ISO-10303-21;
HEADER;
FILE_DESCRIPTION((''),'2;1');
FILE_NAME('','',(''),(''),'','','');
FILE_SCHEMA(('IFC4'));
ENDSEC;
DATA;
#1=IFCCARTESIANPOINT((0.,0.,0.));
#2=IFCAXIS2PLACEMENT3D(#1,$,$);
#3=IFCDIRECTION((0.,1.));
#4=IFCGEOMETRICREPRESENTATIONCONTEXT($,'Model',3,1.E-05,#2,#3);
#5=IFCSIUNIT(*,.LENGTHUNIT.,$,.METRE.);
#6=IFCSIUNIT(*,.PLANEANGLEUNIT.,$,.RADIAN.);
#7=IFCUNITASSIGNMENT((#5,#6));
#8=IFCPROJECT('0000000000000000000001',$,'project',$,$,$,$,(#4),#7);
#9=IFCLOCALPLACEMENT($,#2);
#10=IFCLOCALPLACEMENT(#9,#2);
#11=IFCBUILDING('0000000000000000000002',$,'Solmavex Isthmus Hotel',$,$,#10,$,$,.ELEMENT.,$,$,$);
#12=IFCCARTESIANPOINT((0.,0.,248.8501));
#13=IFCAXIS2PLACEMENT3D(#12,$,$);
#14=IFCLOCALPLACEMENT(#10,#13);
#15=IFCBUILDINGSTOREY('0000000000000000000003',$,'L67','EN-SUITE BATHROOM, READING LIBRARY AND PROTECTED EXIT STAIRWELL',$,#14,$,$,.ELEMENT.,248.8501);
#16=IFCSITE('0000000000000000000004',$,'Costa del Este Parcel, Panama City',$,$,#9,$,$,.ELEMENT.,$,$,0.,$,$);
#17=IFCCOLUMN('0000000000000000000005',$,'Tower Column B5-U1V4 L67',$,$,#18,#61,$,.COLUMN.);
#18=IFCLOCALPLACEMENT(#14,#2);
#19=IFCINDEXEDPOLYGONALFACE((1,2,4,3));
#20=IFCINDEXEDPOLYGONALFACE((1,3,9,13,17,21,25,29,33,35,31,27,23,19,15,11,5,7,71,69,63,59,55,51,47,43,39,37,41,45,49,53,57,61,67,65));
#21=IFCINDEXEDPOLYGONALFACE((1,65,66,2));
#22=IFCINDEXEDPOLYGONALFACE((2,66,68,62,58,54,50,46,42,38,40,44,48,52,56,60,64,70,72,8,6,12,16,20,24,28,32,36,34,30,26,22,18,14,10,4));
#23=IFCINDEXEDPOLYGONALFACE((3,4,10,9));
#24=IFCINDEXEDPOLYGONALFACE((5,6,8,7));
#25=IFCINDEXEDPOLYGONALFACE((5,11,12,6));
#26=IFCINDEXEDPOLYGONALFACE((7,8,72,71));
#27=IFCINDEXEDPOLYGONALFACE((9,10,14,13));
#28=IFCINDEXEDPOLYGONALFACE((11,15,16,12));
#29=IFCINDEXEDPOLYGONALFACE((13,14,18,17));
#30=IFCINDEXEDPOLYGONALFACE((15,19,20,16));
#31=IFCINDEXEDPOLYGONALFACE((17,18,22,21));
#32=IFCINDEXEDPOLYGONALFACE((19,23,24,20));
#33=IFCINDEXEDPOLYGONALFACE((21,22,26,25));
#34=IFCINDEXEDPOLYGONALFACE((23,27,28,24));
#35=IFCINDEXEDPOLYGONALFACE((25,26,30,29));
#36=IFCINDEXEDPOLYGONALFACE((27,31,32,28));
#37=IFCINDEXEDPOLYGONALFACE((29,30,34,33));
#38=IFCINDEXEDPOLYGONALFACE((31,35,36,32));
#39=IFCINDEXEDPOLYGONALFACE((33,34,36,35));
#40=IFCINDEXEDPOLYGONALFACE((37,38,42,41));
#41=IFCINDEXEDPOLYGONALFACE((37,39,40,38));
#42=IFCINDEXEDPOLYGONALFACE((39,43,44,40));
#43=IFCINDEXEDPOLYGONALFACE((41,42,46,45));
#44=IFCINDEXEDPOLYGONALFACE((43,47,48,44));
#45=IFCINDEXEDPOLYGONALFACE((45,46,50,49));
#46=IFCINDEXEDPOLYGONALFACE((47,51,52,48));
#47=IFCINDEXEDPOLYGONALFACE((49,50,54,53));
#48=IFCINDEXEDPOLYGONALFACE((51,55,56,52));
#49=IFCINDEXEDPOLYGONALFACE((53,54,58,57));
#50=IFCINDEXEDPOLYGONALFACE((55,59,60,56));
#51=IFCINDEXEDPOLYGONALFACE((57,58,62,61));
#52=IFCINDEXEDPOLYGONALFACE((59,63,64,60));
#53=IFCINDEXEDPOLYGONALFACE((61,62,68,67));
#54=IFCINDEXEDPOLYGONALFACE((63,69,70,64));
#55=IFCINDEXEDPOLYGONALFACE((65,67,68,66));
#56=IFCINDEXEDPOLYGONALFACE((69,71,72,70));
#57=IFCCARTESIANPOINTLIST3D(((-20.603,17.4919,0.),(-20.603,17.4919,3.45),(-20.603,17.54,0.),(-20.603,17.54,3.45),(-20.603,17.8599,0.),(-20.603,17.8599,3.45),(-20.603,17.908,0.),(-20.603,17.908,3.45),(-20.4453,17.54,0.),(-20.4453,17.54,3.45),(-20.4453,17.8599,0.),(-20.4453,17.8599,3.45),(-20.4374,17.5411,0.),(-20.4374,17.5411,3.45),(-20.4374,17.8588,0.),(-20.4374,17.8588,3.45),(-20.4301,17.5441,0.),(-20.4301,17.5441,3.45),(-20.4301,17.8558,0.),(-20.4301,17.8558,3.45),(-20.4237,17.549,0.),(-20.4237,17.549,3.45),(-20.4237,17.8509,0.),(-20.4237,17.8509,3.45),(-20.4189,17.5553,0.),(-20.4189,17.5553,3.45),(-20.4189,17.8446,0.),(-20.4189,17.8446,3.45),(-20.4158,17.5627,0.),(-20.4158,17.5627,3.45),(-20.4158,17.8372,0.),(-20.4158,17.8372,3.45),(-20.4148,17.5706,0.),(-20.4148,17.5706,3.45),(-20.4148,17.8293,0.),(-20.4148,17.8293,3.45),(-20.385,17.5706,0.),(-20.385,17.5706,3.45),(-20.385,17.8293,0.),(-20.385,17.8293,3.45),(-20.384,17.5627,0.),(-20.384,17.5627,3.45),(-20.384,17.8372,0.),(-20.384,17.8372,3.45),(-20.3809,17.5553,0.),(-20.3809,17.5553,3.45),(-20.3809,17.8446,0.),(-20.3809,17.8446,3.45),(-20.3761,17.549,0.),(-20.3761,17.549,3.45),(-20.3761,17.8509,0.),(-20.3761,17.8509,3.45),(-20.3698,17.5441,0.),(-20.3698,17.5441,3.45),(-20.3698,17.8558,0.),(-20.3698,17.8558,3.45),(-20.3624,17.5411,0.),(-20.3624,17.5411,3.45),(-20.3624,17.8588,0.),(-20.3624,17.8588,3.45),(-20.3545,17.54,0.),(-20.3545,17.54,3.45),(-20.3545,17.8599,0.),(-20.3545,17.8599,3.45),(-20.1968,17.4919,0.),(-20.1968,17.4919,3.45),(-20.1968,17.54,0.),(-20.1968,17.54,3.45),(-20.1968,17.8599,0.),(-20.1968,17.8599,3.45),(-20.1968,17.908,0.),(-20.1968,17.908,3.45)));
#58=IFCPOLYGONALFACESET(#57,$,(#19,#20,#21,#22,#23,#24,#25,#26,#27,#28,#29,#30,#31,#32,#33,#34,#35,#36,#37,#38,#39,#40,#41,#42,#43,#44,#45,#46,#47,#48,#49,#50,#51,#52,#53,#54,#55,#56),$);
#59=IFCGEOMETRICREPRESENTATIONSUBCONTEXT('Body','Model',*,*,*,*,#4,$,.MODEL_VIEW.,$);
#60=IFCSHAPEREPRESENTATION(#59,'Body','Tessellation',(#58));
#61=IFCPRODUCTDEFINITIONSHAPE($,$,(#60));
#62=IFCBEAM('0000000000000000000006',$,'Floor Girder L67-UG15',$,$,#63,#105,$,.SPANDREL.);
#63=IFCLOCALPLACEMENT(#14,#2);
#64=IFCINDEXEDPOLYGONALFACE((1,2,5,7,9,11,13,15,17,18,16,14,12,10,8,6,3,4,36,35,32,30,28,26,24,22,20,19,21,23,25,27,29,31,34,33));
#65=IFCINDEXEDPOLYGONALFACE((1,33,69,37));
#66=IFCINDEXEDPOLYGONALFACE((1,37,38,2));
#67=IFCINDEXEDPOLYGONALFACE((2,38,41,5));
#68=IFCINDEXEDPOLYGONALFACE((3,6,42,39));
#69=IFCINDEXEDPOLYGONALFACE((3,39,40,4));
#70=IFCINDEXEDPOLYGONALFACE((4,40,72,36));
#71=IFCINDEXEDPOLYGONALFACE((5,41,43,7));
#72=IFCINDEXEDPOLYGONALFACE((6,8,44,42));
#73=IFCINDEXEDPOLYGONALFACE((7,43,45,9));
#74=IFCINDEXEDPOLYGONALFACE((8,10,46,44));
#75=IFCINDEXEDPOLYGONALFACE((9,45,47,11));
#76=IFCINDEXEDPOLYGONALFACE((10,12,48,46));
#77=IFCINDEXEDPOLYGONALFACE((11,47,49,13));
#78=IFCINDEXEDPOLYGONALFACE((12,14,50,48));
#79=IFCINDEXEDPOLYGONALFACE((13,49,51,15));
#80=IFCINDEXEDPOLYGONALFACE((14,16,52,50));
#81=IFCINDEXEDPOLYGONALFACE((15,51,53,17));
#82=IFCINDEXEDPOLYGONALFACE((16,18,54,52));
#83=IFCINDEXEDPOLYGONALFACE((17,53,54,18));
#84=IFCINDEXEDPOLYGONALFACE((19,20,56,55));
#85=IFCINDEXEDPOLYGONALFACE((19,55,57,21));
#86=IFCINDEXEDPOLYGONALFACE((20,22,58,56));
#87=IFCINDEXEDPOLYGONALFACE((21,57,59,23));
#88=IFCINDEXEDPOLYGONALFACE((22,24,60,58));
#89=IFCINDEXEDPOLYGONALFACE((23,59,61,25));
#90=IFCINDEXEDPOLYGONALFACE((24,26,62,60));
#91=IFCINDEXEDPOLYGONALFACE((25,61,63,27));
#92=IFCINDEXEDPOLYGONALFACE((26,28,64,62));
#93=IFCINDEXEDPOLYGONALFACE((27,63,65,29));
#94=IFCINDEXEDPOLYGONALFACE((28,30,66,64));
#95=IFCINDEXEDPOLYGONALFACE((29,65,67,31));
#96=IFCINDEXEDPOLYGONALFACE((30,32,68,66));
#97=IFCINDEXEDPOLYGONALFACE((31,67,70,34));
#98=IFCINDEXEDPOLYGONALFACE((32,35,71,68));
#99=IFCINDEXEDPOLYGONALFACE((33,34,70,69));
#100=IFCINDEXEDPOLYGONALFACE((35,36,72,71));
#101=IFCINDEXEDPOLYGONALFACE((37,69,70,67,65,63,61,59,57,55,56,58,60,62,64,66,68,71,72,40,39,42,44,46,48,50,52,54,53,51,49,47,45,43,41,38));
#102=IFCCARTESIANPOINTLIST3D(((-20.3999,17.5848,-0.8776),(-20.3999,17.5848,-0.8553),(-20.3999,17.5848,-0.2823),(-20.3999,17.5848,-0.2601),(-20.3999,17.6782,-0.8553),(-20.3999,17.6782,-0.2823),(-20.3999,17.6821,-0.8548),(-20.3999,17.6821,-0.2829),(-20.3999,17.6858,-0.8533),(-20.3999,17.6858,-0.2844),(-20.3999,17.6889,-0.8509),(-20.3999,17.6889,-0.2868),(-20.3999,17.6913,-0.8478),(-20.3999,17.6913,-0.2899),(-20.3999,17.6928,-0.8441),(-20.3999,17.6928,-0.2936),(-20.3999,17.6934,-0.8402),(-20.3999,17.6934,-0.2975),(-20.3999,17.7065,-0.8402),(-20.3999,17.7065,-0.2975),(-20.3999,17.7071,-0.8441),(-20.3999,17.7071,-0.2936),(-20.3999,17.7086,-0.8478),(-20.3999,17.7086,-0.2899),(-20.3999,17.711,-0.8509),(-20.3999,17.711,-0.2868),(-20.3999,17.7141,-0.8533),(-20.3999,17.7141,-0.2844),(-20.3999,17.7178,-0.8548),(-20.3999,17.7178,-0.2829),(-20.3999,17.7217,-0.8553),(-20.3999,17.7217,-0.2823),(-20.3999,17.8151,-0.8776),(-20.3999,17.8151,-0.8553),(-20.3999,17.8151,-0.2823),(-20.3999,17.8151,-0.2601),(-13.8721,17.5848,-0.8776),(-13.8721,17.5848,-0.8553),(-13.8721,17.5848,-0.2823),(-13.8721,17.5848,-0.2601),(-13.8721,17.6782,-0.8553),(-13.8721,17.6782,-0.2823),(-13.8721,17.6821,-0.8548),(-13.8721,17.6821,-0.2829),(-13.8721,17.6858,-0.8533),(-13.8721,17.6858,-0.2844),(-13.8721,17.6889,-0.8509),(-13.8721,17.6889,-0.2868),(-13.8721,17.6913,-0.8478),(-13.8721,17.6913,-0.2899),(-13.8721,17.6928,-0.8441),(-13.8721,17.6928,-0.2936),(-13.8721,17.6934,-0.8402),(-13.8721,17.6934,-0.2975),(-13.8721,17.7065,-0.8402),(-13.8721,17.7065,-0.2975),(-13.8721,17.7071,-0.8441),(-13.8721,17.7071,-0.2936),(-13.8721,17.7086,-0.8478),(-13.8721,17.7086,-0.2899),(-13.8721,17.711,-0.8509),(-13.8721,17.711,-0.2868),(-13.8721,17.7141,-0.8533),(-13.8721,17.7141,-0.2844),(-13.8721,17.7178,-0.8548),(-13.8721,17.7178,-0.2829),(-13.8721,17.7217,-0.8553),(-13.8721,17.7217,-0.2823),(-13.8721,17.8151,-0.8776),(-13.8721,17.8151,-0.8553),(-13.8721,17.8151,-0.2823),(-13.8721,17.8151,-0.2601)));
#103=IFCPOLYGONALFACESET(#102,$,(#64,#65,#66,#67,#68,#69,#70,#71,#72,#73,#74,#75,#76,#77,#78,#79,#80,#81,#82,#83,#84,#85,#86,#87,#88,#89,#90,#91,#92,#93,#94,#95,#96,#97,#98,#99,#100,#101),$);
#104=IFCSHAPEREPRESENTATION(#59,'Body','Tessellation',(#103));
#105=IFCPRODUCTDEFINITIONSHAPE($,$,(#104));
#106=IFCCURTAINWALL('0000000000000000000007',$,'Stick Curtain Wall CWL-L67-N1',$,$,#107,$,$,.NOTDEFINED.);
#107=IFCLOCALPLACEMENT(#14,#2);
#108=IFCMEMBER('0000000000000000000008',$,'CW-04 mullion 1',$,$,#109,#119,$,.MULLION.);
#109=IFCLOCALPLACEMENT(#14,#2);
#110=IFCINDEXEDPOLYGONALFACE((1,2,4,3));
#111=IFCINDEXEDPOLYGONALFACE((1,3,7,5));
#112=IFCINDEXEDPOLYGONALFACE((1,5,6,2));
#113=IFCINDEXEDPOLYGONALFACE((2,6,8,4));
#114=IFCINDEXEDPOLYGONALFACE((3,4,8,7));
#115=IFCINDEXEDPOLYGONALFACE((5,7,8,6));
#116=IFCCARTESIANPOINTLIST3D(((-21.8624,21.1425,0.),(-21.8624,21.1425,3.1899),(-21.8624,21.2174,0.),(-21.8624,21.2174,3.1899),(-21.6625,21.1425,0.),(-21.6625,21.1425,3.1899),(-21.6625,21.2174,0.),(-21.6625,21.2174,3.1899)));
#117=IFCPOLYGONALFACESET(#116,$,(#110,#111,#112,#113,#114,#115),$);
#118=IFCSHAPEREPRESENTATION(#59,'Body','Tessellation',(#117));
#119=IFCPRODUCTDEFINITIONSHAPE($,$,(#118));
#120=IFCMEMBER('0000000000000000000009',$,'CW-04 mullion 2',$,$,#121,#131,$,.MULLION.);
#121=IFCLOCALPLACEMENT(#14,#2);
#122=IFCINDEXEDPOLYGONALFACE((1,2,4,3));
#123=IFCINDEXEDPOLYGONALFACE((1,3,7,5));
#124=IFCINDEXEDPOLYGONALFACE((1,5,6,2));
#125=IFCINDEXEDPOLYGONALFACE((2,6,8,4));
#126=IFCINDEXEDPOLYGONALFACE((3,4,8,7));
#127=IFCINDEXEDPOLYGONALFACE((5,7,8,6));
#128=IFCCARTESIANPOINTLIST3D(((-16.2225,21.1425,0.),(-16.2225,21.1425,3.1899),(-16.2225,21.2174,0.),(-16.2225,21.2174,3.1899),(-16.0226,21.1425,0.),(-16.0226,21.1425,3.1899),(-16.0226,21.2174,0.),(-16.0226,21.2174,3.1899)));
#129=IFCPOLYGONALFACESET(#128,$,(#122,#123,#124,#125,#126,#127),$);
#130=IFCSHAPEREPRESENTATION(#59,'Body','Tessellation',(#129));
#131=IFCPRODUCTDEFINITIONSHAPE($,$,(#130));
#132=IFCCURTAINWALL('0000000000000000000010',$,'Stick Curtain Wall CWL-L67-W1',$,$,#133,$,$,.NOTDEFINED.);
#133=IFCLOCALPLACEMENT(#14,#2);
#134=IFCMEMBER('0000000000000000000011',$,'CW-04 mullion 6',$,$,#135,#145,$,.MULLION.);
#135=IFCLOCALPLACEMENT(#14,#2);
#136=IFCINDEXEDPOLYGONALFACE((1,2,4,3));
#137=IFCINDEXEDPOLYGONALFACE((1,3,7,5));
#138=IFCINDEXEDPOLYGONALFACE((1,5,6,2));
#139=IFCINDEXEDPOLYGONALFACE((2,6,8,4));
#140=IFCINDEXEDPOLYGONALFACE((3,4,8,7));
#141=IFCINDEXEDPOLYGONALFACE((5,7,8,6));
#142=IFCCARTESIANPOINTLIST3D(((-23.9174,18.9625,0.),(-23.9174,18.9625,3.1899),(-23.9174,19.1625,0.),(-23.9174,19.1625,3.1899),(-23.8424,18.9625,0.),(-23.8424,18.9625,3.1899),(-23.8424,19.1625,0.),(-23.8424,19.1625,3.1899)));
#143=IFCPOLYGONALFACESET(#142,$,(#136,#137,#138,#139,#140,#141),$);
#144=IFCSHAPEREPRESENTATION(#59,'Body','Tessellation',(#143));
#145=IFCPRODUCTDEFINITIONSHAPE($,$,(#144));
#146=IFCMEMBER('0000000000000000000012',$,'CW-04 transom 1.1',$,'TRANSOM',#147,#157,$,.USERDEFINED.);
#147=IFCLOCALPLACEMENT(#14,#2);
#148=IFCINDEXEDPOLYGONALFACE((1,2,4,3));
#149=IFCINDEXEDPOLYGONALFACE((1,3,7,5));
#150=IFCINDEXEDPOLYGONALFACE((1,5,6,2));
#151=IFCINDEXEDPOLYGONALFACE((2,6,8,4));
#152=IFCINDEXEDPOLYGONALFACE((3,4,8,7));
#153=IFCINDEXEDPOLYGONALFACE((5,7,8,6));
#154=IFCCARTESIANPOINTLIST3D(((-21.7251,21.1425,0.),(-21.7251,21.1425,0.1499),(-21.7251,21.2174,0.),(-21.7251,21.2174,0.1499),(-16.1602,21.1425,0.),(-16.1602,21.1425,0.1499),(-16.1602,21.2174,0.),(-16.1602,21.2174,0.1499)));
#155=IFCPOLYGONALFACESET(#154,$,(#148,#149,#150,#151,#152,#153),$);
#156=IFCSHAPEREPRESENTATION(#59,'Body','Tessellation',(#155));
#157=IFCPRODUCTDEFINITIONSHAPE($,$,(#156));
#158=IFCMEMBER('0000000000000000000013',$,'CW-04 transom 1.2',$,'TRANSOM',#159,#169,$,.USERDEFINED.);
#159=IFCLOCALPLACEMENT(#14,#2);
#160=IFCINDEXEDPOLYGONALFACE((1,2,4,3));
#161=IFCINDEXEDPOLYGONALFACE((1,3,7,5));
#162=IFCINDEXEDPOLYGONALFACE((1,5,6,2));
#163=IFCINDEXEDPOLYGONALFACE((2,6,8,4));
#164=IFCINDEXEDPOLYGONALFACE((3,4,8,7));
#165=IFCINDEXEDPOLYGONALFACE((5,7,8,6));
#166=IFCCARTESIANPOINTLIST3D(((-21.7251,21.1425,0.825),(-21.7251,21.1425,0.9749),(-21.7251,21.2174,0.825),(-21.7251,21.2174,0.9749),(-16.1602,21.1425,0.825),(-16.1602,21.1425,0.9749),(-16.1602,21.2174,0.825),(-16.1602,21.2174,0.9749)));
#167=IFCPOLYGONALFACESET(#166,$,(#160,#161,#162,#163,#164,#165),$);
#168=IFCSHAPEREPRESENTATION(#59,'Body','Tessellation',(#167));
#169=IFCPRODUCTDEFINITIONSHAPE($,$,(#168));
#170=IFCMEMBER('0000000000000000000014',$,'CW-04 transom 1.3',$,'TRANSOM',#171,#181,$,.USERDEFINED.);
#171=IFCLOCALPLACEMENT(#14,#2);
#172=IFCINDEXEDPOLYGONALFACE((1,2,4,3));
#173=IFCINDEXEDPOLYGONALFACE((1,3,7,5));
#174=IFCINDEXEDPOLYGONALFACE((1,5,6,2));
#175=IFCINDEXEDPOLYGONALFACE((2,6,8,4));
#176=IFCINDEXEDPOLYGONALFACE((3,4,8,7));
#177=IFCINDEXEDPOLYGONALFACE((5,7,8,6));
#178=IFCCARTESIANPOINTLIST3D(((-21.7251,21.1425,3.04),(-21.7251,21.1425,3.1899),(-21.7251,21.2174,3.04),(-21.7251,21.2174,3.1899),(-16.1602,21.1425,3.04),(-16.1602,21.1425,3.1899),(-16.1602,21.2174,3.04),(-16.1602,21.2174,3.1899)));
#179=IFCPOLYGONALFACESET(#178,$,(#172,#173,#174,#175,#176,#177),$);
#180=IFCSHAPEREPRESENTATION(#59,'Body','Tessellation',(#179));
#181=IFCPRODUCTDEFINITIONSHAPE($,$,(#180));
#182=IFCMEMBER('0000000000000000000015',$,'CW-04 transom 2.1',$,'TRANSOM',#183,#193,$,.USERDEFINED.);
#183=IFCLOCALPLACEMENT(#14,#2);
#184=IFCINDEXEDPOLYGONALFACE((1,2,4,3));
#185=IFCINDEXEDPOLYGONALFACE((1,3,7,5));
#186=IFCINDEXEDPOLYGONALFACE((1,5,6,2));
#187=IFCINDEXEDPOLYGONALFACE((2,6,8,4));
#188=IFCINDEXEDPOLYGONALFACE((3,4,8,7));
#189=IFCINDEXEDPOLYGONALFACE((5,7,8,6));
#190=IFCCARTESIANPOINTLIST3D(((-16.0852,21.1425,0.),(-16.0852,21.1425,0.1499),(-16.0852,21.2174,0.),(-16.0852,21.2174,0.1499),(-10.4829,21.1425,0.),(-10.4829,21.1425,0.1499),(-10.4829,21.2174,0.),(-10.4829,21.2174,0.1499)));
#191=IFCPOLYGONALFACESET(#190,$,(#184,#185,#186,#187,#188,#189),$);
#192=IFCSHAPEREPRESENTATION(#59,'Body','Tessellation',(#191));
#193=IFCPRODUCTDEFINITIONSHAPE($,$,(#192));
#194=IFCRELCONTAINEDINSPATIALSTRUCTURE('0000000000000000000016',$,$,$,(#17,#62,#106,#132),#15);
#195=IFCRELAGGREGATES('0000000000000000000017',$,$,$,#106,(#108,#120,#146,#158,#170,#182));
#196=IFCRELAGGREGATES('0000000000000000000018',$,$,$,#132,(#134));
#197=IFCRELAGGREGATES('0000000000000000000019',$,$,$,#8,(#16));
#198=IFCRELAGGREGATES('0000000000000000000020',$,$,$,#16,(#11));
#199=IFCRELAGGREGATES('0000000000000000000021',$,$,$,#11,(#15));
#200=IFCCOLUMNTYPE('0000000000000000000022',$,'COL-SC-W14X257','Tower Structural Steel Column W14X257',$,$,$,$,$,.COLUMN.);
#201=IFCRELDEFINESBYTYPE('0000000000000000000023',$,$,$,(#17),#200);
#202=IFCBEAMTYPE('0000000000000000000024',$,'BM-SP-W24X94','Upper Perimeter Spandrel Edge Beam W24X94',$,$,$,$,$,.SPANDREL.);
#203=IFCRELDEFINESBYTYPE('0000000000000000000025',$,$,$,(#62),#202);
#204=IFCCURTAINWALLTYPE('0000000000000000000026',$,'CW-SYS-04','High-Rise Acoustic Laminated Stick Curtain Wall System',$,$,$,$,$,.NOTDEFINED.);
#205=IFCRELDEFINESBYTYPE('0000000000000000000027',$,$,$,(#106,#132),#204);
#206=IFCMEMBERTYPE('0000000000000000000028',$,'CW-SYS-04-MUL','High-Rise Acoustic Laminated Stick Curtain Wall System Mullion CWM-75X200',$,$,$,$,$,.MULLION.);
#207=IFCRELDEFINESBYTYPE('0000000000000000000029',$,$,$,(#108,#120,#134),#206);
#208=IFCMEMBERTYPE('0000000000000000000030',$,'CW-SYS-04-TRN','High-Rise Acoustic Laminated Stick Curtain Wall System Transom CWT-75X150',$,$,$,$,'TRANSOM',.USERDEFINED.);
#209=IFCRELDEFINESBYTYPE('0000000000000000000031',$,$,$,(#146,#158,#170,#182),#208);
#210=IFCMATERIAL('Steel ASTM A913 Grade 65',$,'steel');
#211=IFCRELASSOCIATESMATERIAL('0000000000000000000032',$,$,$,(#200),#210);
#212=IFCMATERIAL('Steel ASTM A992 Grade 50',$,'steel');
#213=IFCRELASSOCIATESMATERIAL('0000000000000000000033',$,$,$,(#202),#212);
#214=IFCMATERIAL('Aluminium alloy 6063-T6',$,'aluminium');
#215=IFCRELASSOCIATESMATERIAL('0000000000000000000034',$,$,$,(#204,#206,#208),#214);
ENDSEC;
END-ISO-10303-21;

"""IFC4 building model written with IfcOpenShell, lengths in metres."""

from ifc_helpers import new_model, si_unit, direction, frame, origin, origin_2d, place, context, subcontext, project, spatial, rectangle, i_section, extrude, material, material_profile, profile_set, type_object, element, aggregate, save


model = new_model("IFC4")

# Units and contexts
model_context = context("Model", 3, precision=1e-05, world=origin(), true_north=direction((0.0, 1.0)))
body_context = subcontext(model_context, "Body", "Model", "MODEL_VIEW")
ifc_project = project(units=[si_unit("LENGTHUNIT", "METRE"), si_unit("PLANEANGLEUNIT", "RADIAN")], contexts=[model_context])

# Site, building, storey
site_placement = place(None, origin())
site = spatial("IfcSite", under=ifc_project, at=site_placement, Name="Costa del Este Parcel, Panama City", CompositionType="ELEMENT", RefElevation=0.0)
building_placement = place(site_placement, origin())
building = spatial("IfcBuilding", under=site, at=building_placement, Name="Solmavex Isthmus Hotel", CompositionType="ELEMENT")
storey_placement = place(building_placement, frame((0.0, 0.0, 248.8501)))
storey = spatial("IfcBuildingStorey", under=building, at=storey_placement, Name="L67", Description="EN-SUITE BATHROOM, READING LIBRARY AND PROTECTED EXIT STAIRWELL", CompositionType="ELEMENT", Elevation=248.8501)

# Column
ifc_material_1 = material(Name="Steel ASTM A913 Grade 65", Category="steel")
ifc_material_profile_1 = material_profile(ifc_material_1, i_section(OverallWidth=0.4062, OverallDepth=0.416, WebThickness=0.0298, FlangeThickness=0.0481, FilletRadius=0.0305, at=origin_2d()), Name="W14X257")
ifc_profile_set_1 = profile_set([ifc_material_profile_1], Name="Steel ASTM A913 Grade 65")
column_type = type_object("IfcColumnType", Name="COL-SC-W14X257", Description="Tower Structural Steel Column W14X257", PredefinedType="COLUMN", material=ifc_profile_set_1)
column_placement = place(storey_placement, frame((-20.3999, 17.7, 0.0), z_axis=(0.0, 0.0, 1.0), x_axis=(1.0, 0.0, 0.0)))
element("IfcColumn", 1, at=column_placement, inside=storey, type_object=column_type, Name="Tower Column B5-U1V4 L67", PredefinedType="COLUMN", context=body_context, shape_type="SweptSolid", body=[
    extrude(i_section(OverallWidth=0.4062, OverallDepth=0.416, WebThickness=0.0298, FlangeThickness=0.0481, FilletRadius=0.0305, at=origin_2d()), origin(), (0.0, 0.0, 1.0), 3.45),
])

# Beam
ifc_material_2 = material(Name="Steel ASTM A992 Grade 50", Category="steel")
ifc_material_profile_2 = material_profile(ifc_material_2, i_section(OverallWidth=0.2302, OverallDepth=0.6174, WebThickness=0.0132, FlangeThickness=0.0222, FilletRadius=0.0151, at=origin_2d()), Name="W24X94")
ifc_profile_set_2 = profile_set([ifc_material_profile_2], Name="Steel ASTM A992 Grade 50")
beam_type = type_object("IfcBeamType", Name="BM-SP-W24X94", Description="Upper Perimeter Spandrel Edge Beam W24X94", PredefinedType="SPANDREL", material=ifc_profile_set_2)
beam_placement = place(storey_placement, frame((-20.3999, 17.7, -0.5688), z_axis=(1.0, 0.0, 0.0), x_axis=(0.0, 1.0, 0.0)))
element("IfcBeam", 2, at=beam_placement, inside=storey, type_object=beam_type, Name="Floor Girder L67-UG15", PredefinedType="SPANDREL", context=body_context, shape_type="SweptSolid", body=[
    extrude(i_section(OverallWidth=0.2302, OverallDepth=0.6174, WebThickness=0.0132, FlangeThickness=0.0222, FilletRadius=0.0151, at=origin_2d()), origin(), (0.0, 0.0, 1.0), 6.5278),
])

# Curtain wall, members
ifc_material_3 = material(Name="Aluminium alloy 6063-T6", Category="aluminium")
curtain_wall_type = type_object("IfcCurtainWallType", Name="CW-SYS-04", Description="High-Rise Acoustic Laminated Stick Curtain Wall System", PredefinedType="NOTDEFINED", material=ifc_material_3)
curtain_wall_1_placement = place(storey_placement, origin())
curtain_wall_1 = element("IfcCurtainWall", 3, at=curtain_wall_1_placement, inside=storey, type_object=curtain_wall_type, Name="Stick Curtain Wall CWL-L67-N1", PredefinedType="NOTDEFINED")
ifc_material_profile_3 = material_profile(ifc_material_3, rectangle(XDim=0.075, YDim=0.2, at=origin_2d()), Name="CWM-75X200")
ifc_profile_set_3 = profile_set([ifc_material_profile_3], Name="Aluminium alloy 6063-T6")
member_type_1 = type_object("IfcMemberType", Name="CW-SYS-04-MUL", Description="High-Rise Acoustic Laminated Stick Curtain Wall System Mullion CWM-75X200", PredefinedType="MULLION", material=ifc_profile_set_3)
member_1_placement = place(storey_placement, frame((-21.7625, 21.1799, 0.0), z_axis=(0.0, 0.0, 1.0), x_axis=(0.0, 1.0, 0.0)))
member_1 = element("IfcMember", 4, at=member_1_placement, type_object=member_type_1, Name="CW-04 mullion 1", PredefinedType="MULLION", context=body_context, shape_type="SweptSolid", body=[
    extrude(rectangle(XDim=0.075, YDim=0.2, at=origin_2d()), origin(), (0.0, 0.0, 1.0), 3.1899),
])
member_2_placement = place(storey_placement, frame((-16.1226, 21.1799, 0.0), z_axis=(0.0, 0.0, 1.0), x_axis=(0.0, 1.0, 0.0)))
member_2 = element("IfcMember", 5, at=member_2_placement, type_object=member_type_1, Name="CW-04 mullion 2", PredefinedType="MULLION", context=body_context, shape_type="SweptSolid", body=[
    extrude(rectangle(XDim=0.075, YDim=0.2, at=origin_2d()), origin(), (0.0, 0.0, 1.0), 3.1899),
])

# Curtain wall, member
curtain_wall_2_placement = place(storey_placement, origin())
curtain_wall_2 = element("IfcCurtainWall", 6, at=curtain_wall_2_placement, inside=storey, type_object=curtain_wall_type, Name="Stick Curtain Wall CWL-L67-W1", PredefinedType="NOTDEFINED")
member_3_placement = place(storey_placement, frame((-23.8799, 19.0625, 0.0), z_axis=(0.0, 0.0, 1.0), x_axis=(-1.0, 0.0, 0.0)))
member_3 = element("IfcMember", 7, at=member_3_placement, type_object=member_type_1, Name="CW-04 mullion 6", PredefinedType="MULLION", context=body_context, shape_type="SweptSolid", body=[
    extrude(rectangle(XDim=0.075, YDim=0.2, at=origin_2d()), origin(), (0.0, 0.0, 1.0), 3.1899),
])

# Members
ifc_material_profile_4 = material_profile(ifc_material_3, rectangle(XDim=0.075, YDim=0.1499, at=origin_2d()), Name="CWT-75X150")
ifc_profile_set_4 = profile_set([ifc_material_profile_4], Name="Aluminium alloy 6063-T6")
member_type_2 = type_object("IfcMemberType", Name="CW-SYS-04-TRN", Description="High-Rise Acoustic Laminated Stick Curtain Wall System Transom CWT-75X150", ElementType="TRANSOM", PredefinedType="USERDEFINED", material=ifc_profile_set_4)
member_4_placement = place(storey_placement, frame((-21.7251, 21.1799, 0.075), z_axis=(1.0, 0.0, 0.0), x_axis=(0.0, 1.0, 0.0)))
member_4 = element("IfcMember", 8, at=member_4_placement, type_object=member_type_2, Name="CW-04 transom 1.1", ObjectType="TRANSOM", PredefinedType="USERDEFINED", context=body_context, shape_type="SweptSolid", body=[
    extrude(rectangle(XDim=0.075, YDim=0.1499, at=origin_2d()), origin(), (0.0, 0.0, 1.0), 5.5649),
])
member_5_placement = place(storey_placement, frame((-21.7251, 21.1799, 0.8999), z_axis=(1.0, 0.0, 0.0), x_axis=(0.0, 1.0, 0.0)))
member_5 = element("IfcMember", 9, at=member_5_placement, type_object=member_type_2, Name="CW-04 transom 1.2", ObjectType="TRANSOM", PredefinedType="USERDEFINED", context=body_context, shape_type="SweptSolid", body=[
    extrude(rectangle(XDim=0.075, YDim=0.1499, at=origin_2d()), origin(), (0.0, 0.0, 1.0), 5.5649),
])
member_6_placement = place(storey_placement, frame((-21.7251, 21.1799, 3.115), z_axis=(1.0, 0.0, 0.0), x_axis=(0.0, 1.0, 0.0)))
member_6 = element("IfcMember", 10, at=member_6_placement, type_object=member_type_2, Name="CW-04 transom 1.3", ObjectType="TRANSOM", PredefinedType="USERDEFINED", context=body_context, shape_type="SweptSolid", body=[
    extrude(rectangle(XDim=0.075, YDim=0.1499, at=origin_2d()), origin(), (0.0, 0.0, 1.0), 5.5649),
])
member_7_placement = place(storey_placement, frame((-16.0852, 21.1799, 0.075), z_axis=(1.0, 0.0, 0.0), x_axis=(0.0, 1.0, 0.0)))
member_7 = element("IfcMember", 11, at=member_7_placement, type_object=member_type_2, Name="CW-04 transom 2.1", ObjectType="TRANSOM", PredefinedType="USERDEFINED", context=body_context, shape_type="SweptSolid", body=[
    extrude(rectangle(XDim=0.075, YDim=0.1499, at=origin_2d()), origin(), (0.0, 0.0, 1.0), 5.6023),
])

aggregate(curtain_wall_1, [member_1, member_2, member_4, member_5, member_6, member_7])
aggregate(curtain_wall_2, [member_3])

save(model, "model.ifc")
